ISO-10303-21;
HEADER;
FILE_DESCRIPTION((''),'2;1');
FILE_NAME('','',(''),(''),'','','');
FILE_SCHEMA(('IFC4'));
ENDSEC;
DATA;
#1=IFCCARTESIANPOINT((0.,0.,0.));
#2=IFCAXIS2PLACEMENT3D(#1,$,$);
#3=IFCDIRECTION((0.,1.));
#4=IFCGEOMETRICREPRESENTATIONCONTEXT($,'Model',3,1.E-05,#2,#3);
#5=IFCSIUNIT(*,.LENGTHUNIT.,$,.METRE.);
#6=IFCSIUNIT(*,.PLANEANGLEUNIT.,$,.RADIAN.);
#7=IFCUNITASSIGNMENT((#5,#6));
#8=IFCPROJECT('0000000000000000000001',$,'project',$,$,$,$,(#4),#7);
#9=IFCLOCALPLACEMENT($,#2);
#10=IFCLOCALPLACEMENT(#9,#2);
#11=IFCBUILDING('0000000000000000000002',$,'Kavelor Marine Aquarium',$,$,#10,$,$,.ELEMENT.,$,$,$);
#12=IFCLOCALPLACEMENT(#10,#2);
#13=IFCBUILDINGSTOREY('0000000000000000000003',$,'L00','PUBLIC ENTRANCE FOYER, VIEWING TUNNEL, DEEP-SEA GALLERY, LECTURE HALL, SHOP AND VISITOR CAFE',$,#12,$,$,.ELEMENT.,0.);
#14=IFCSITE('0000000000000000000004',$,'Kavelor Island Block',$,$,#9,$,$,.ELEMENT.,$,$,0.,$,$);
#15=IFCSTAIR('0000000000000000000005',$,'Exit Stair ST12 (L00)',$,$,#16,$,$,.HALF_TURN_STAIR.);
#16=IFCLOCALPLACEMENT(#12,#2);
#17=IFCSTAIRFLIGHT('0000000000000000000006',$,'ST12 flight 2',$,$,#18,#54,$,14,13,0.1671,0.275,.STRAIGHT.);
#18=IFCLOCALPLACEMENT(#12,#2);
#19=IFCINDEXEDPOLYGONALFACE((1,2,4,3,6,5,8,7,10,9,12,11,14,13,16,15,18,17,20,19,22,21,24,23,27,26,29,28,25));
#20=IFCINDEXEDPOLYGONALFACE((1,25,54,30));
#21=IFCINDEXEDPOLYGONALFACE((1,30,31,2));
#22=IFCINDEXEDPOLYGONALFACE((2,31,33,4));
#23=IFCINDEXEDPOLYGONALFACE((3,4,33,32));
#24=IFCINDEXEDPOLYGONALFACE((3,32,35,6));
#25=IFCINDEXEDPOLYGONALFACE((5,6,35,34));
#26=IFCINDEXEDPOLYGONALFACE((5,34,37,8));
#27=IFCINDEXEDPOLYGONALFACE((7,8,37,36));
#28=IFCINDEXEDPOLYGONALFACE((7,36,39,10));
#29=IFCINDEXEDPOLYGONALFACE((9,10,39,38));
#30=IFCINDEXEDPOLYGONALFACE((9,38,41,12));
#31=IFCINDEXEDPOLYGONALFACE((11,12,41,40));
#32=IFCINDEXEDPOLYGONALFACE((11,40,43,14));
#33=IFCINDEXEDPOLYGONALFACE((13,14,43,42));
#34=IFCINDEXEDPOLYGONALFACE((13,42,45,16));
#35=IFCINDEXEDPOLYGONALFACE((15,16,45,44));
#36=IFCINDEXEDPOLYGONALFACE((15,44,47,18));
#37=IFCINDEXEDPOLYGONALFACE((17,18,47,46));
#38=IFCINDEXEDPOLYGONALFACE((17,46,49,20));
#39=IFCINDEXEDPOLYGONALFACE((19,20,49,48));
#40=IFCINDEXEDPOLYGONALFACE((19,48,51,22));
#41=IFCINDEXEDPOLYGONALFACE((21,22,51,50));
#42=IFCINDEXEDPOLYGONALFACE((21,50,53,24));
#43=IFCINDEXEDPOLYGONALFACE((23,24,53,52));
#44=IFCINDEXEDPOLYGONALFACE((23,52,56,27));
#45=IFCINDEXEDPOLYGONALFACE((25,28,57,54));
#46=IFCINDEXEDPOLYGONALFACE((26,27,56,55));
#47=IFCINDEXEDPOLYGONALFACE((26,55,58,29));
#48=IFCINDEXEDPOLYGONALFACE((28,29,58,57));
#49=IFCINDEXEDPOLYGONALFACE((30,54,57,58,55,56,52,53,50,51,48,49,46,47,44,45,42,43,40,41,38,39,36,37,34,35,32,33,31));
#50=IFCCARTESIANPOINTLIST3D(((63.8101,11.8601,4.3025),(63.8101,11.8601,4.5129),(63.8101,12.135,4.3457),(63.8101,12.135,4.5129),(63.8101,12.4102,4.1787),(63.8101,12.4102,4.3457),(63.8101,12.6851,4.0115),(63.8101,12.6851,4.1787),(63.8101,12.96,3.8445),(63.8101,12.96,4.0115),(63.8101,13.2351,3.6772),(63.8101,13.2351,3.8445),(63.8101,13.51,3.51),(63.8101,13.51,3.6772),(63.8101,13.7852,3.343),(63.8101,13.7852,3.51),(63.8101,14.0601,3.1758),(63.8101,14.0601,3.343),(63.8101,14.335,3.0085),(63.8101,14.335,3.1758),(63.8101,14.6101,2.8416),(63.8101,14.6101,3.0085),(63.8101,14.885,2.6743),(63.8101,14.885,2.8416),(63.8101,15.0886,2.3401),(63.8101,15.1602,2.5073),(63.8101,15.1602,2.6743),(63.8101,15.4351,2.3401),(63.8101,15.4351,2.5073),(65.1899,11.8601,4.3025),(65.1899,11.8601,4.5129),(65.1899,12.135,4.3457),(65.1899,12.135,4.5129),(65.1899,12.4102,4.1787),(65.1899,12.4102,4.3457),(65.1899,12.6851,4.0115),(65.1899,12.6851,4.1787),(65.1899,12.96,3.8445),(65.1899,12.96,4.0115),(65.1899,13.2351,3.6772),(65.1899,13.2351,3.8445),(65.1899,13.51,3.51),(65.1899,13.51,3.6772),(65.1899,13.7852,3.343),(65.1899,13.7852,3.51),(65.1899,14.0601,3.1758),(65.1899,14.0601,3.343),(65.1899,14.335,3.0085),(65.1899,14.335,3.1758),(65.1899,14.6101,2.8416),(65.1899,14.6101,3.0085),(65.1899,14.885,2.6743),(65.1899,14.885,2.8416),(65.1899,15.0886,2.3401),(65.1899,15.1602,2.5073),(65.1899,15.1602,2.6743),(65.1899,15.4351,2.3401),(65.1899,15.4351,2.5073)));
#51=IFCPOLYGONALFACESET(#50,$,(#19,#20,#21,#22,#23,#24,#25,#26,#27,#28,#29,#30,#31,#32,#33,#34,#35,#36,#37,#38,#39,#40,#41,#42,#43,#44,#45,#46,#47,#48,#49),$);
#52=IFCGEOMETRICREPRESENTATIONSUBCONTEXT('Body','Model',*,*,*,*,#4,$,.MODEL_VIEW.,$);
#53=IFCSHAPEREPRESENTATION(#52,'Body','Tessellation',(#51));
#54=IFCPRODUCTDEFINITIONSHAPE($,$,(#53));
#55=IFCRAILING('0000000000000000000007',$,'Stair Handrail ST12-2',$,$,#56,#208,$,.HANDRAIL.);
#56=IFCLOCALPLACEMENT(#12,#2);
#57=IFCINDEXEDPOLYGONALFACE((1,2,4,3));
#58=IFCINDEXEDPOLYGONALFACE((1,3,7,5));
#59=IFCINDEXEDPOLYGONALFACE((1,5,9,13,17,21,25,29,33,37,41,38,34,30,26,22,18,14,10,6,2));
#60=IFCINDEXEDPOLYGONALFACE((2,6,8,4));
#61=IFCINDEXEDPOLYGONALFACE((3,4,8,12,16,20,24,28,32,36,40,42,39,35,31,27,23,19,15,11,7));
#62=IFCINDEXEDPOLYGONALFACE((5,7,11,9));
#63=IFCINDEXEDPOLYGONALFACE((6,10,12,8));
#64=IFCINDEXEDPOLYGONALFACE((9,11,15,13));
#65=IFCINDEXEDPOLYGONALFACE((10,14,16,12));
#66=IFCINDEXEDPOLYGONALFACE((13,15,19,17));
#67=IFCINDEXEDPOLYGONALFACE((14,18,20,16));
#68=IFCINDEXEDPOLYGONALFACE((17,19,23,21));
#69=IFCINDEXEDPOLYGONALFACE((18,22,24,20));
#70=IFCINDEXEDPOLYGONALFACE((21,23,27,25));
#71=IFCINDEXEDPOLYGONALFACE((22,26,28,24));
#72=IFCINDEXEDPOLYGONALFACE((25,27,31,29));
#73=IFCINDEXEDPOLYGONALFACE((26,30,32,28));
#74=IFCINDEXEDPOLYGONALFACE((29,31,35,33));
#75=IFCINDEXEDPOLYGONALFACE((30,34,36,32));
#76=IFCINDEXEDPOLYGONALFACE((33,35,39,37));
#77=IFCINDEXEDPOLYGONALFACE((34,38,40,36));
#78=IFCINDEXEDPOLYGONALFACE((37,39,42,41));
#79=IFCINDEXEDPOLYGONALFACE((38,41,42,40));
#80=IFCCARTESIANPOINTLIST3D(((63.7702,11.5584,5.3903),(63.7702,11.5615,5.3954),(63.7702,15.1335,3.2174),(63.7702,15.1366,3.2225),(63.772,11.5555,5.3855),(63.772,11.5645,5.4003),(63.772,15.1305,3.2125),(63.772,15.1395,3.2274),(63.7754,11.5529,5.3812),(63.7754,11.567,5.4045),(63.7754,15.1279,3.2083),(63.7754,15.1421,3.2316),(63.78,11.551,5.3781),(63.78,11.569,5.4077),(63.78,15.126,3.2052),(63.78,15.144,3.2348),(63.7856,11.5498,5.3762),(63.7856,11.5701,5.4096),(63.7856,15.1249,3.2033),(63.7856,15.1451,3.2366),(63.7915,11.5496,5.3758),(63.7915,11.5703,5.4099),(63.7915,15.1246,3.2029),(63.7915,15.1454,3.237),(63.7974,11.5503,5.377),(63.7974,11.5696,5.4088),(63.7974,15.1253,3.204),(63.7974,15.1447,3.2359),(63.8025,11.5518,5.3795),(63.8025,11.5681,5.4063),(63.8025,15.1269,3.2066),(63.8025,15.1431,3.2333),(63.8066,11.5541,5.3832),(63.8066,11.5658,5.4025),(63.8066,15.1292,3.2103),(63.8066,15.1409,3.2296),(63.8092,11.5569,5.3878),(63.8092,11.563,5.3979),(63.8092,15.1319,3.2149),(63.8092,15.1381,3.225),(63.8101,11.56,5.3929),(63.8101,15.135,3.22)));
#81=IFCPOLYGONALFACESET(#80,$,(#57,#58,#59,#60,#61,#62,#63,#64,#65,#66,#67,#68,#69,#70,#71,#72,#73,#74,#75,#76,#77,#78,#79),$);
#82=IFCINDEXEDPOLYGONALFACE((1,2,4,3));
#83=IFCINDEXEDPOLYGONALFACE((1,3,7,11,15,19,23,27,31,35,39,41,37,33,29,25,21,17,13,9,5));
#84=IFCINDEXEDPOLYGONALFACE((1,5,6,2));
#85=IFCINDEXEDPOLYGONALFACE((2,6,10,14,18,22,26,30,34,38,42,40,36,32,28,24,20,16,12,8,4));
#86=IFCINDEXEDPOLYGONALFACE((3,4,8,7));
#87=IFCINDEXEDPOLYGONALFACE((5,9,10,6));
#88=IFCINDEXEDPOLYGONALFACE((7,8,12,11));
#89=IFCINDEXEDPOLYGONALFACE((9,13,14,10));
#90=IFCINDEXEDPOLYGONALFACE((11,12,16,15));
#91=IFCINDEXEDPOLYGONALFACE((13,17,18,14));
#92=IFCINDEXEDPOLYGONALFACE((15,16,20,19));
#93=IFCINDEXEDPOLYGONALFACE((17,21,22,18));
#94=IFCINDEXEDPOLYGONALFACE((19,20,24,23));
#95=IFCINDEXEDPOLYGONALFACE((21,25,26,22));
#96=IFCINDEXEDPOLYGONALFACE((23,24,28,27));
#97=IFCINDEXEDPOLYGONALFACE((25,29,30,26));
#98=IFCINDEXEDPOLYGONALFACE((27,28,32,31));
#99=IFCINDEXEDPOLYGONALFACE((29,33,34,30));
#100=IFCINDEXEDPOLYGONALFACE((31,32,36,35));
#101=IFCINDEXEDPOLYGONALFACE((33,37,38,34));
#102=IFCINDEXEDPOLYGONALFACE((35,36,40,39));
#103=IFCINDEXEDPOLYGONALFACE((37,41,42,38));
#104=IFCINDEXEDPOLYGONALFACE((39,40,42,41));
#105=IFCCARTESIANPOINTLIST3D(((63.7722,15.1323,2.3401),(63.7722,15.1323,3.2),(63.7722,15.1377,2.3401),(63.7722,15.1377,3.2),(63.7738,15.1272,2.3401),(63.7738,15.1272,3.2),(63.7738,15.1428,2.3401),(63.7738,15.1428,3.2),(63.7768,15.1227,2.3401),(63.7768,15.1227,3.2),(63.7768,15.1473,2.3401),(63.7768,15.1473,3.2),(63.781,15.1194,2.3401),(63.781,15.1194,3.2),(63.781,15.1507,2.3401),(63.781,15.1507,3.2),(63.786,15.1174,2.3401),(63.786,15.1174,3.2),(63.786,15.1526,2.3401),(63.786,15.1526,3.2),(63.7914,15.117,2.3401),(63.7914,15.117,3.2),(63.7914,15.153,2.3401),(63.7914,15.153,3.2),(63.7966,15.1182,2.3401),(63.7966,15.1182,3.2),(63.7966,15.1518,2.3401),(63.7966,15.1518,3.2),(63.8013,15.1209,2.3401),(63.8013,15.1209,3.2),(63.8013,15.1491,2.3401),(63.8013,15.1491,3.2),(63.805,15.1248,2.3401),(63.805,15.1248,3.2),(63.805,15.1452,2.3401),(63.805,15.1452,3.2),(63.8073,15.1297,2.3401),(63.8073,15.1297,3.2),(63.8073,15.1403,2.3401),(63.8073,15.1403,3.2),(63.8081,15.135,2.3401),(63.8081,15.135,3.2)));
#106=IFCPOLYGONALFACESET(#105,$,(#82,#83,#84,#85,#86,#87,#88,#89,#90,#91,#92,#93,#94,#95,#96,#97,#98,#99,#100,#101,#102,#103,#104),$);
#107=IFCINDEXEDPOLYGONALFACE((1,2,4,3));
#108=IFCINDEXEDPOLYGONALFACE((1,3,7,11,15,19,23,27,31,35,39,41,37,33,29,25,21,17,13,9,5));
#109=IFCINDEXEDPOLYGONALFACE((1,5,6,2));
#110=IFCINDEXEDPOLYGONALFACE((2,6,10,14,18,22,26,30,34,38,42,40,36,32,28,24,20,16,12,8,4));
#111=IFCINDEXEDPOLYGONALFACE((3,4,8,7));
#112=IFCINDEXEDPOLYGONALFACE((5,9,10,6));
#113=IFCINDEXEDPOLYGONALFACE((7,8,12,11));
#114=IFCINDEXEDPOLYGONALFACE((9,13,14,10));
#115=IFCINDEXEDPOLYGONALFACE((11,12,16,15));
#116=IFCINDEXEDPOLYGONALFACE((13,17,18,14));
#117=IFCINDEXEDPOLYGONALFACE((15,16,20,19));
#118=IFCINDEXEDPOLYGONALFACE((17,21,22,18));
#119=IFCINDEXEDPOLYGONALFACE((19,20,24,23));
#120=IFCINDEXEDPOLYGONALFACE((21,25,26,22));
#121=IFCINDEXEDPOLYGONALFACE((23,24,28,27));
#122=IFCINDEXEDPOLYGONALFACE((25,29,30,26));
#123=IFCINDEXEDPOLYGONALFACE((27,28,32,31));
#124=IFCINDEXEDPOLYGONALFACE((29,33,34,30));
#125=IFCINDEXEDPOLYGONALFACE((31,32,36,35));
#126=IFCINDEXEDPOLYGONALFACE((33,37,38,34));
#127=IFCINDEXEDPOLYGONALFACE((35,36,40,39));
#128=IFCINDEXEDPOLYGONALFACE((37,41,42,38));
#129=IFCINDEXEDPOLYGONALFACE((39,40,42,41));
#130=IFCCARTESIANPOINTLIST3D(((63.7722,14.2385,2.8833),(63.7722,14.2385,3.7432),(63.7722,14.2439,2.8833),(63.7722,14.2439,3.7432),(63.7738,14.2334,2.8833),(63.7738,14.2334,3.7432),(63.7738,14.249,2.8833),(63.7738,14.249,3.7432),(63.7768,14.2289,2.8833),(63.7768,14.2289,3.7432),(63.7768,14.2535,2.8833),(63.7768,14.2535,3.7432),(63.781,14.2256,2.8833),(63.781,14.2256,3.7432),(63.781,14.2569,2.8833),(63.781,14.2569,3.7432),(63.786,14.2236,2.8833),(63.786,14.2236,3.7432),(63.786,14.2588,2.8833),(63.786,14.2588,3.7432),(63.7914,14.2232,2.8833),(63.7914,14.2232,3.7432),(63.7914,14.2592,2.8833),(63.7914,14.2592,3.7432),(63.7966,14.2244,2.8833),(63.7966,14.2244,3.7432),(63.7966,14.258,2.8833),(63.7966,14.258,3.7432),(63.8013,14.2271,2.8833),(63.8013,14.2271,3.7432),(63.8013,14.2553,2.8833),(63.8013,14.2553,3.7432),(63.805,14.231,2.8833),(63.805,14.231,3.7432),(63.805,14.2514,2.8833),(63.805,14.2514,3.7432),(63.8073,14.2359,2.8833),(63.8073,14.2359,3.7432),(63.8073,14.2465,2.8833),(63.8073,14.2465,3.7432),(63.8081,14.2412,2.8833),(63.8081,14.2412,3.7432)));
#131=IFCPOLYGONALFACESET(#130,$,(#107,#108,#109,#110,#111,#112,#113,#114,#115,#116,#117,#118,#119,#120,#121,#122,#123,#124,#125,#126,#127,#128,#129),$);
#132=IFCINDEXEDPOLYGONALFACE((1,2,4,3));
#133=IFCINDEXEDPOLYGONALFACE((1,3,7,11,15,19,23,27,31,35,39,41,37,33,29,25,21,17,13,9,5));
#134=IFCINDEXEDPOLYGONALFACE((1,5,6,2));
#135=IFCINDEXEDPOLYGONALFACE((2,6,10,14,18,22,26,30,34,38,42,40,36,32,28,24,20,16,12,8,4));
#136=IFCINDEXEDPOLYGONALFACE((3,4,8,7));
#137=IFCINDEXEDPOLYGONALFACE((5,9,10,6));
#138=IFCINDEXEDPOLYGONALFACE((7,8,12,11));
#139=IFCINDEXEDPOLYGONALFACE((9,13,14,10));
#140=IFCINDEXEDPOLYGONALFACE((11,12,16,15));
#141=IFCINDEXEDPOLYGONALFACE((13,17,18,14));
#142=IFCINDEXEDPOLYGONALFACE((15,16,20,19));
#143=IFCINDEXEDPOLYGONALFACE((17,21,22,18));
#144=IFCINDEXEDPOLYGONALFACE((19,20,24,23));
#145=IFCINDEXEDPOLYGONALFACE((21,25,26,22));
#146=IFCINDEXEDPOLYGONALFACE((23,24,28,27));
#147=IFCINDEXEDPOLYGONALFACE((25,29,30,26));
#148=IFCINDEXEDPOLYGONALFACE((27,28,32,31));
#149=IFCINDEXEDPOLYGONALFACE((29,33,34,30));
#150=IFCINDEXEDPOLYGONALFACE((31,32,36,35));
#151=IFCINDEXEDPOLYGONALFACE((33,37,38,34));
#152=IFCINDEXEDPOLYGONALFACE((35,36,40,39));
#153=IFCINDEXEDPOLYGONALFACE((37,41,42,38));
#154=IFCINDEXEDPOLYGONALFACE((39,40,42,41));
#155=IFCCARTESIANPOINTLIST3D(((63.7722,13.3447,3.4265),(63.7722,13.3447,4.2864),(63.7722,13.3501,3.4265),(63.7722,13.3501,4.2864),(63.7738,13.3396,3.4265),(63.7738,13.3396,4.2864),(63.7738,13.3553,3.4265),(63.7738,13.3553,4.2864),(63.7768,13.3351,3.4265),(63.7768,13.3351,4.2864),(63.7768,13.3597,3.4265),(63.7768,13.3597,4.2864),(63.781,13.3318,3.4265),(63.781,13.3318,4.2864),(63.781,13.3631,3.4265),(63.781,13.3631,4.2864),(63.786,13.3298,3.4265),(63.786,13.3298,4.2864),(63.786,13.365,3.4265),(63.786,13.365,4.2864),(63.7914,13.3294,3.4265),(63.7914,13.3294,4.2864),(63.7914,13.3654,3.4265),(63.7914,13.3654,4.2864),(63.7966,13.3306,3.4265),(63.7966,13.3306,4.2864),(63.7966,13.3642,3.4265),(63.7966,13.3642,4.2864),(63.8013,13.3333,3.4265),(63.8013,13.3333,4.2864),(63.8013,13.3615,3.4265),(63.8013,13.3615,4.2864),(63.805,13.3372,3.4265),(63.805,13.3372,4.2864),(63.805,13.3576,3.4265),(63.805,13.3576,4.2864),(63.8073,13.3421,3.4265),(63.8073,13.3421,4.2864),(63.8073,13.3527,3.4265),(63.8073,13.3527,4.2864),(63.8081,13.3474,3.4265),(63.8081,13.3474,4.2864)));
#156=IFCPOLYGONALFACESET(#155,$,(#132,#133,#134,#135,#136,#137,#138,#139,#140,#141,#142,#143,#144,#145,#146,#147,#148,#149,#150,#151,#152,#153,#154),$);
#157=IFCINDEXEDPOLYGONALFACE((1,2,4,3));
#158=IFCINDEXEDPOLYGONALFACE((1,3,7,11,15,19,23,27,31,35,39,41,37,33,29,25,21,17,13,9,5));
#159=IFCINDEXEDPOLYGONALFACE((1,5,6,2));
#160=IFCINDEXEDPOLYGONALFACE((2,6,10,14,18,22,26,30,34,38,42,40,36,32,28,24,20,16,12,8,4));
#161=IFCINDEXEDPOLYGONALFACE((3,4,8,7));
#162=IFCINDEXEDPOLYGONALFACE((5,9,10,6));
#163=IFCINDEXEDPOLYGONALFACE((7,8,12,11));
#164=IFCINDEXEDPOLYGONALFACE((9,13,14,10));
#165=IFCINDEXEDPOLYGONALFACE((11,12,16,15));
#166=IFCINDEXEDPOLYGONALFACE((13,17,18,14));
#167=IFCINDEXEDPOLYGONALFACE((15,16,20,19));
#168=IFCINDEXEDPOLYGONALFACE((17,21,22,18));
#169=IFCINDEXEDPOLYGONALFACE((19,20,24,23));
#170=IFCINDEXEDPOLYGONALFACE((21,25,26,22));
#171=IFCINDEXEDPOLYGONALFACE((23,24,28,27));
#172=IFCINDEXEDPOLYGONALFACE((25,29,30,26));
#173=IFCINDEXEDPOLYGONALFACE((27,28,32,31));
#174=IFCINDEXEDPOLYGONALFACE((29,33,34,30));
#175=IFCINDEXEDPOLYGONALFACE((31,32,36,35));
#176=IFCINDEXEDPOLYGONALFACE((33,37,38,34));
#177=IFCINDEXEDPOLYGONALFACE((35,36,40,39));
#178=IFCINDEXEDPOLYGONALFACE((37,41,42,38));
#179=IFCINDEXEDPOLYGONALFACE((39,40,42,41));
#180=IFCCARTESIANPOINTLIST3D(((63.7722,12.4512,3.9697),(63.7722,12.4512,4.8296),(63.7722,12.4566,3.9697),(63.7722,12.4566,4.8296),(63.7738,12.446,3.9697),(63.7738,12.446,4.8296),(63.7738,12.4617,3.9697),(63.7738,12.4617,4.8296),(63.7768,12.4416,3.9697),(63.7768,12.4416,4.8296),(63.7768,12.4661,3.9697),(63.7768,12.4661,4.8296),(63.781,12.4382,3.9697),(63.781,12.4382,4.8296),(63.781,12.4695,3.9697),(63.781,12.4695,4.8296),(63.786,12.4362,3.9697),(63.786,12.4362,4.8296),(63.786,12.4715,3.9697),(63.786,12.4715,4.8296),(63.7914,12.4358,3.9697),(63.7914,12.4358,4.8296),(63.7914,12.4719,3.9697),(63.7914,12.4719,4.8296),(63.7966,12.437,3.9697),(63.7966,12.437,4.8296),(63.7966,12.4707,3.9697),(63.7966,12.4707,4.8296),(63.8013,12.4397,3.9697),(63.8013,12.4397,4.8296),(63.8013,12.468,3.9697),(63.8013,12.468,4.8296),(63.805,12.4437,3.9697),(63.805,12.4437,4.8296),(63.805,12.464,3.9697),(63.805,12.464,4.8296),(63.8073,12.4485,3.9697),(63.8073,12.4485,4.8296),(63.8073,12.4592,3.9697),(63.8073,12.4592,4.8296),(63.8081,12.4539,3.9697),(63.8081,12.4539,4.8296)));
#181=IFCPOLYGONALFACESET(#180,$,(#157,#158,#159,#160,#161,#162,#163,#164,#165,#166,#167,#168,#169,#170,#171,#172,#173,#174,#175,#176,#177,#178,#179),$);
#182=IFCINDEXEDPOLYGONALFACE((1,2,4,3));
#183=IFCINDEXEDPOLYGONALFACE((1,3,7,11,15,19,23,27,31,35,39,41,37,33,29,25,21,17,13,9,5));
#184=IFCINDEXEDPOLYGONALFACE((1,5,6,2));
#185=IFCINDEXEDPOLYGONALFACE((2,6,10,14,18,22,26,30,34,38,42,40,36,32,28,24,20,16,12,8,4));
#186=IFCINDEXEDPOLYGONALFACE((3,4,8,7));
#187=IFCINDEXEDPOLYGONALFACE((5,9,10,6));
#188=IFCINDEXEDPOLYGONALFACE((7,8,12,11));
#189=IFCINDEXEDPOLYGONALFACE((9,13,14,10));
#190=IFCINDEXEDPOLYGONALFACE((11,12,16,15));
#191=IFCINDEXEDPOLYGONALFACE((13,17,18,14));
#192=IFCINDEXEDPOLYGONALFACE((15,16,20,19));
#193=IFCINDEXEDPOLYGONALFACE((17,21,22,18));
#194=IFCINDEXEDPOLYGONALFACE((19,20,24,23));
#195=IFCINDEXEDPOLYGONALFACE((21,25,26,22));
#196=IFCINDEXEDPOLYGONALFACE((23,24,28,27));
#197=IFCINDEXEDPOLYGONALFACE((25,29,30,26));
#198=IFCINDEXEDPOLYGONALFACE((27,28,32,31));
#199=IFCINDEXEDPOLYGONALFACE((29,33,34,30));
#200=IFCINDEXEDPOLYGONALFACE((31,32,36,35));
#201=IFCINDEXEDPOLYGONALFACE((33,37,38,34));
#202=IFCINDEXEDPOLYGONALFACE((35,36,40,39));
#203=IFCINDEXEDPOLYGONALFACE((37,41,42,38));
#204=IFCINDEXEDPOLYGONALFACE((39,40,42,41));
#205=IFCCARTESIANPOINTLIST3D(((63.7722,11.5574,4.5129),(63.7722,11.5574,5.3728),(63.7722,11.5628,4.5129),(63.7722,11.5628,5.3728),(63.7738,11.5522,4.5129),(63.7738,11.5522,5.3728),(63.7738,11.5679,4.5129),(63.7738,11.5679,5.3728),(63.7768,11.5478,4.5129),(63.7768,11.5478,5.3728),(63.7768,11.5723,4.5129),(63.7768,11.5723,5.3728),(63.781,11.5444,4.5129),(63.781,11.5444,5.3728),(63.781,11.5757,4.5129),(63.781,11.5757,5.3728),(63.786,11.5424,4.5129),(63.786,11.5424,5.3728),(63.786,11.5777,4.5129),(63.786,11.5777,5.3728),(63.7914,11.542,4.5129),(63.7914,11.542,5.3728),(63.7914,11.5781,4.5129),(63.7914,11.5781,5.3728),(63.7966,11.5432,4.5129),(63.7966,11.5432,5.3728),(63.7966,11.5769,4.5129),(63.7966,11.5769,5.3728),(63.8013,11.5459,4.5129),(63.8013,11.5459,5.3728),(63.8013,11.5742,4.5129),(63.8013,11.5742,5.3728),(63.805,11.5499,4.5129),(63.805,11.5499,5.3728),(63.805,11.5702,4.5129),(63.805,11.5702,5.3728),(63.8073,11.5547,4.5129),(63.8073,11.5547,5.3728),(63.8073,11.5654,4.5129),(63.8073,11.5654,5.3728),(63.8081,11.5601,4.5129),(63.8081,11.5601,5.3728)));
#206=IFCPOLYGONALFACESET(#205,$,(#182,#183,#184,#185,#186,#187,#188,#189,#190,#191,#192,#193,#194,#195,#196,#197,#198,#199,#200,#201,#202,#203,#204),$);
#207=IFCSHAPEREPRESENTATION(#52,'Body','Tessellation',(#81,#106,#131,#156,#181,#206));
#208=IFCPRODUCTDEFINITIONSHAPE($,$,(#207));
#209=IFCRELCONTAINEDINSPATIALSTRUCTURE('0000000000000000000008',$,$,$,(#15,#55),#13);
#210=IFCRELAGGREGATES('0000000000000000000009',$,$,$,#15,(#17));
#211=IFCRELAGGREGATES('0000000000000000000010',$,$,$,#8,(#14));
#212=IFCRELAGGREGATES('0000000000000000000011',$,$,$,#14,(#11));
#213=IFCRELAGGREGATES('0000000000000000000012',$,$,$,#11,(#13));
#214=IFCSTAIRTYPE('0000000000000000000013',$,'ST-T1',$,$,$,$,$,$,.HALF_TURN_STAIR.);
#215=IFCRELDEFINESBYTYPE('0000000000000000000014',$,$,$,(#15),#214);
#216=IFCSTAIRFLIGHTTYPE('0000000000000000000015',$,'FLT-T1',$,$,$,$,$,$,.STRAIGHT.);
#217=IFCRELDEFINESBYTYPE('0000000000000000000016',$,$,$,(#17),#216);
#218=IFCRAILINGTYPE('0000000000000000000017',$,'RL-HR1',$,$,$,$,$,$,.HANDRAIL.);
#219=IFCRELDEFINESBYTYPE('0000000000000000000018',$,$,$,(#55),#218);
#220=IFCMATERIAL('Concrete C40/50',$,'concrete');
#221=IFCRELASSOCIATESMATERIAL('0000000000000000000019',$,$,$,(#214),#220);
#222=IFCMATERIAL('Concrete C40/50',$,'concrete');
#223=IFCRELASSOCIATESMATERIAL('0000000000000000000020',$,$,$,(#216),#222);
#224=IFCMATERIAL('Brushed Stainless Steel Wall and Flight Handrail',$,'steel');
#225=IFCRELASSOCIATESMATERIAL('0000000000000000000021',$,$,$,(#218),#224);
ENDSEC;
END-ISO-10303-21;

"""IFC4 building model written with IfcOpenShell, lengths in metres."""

from ifc_helpers import new_model, si_unit, direction, frame, origin, origin_2d, place, context, subcontext, project, spatial, polyline, circle, outline, extrude, material, type_object, element, aggregate, save


model = new_model("IFC4")

# Units and contexts
model_context = context("Model", 3, precision=1e-05, world=origin(), true_north=direction((0.0, 1.0)))
body_context = subcontext(model_context, "Body", "Model", "MODEL_VIEW")
ifc_project = project(units=[si_unit("LENGTHUNIT", "METRE"), si_unit("PLANEANGLEUNIT", "RADIAN")], contexts=[model_context])

# Site, building, storey
site_placement = place(None, origin())
site = spatial("IfcSite", under=ifc_project, at=site_placement, Name="Kavelor Island Block", CompositionType="ELEMENT", RefElevation=0.0)
building_placement = place(site_placement, origin())
building = spatial("IfcBuilding", under=site, at=building_placement, Name="Kavelor Marine Aquarium", CompositionType="ELEMENT")
storey_placement = place(building_placement, origin())
storey = spatial("IfcBuildingStorey", under=building, at=storey_placement, Name="L00", Description="PUBLIC ENTRANCE FOYER, VIEWING TUNNEL, DEEP-SEA GALLERY, LECTURE HALL, SHOP AND VISITOR CAFE", CompositionType="ELEMENT", Elevation=0.0)

# Stair, stair flight
ifc_material_1 = material(Name="Concrete C40/50", Category="concrete")
stair_type = type_object("IfcStairType", Name="ST-T1", PredefinedType="HALF_TURN_STAIR", material=ifc_material_1)
stair_placement = place(storey_placement, origin())
stair = element("IfcStair", 1, at=stair_placement, inside=storey, type_object=stair_type, Name="Exit Stair ST12 (L00)", PredefinedType="HALF_TURN_STAIR")
ifc_material_2 = material(Name="Concrete C40/50", Category="concrete")
stair_flight_type = type_object("IfcStairFlightType", Name="FLT-T1", PredefinedType="STRAIGHT", material=ifc_material_2)
stair_flight_placement = place(storey_placement, frame((64.5, 15.4351, 2.3401), z_axis=(0.0, 0.0, 1.0), x_axis=(0.0, -1.0, 0.0)))
stair_flight = element("IfcStairFlight", 2, at=stair_flight_placement, type_object=stair_flight_type, Name="ST12 flight 2", NumberOfRisers=14, NumberOfTreads=13, PredefinedType="STRAIGHT", RiserHeight=0.1671, TreadLength=0.275, context=body_context, shape_type="SweptSolid", body=[
    extrude(outline(polyline([(0.0, 0.0), (0.0, 0.1672), (0.2749, 0.1672), (0.2749, 0.3342), (0.55, 0.3342), (0.55, 0.5015), (0.825, 0.5015), (0.825, 0.6685), (1.1001, 0.6685), (1.1001, 0.8357), (1.375, 0.8357), (1.375, 1.0029), (1.6499, 1.0029), (1.6499, 1.1699), (1.925, 1.1699), (1.925, 1.3372), (2.2, 1.3372), (2.2, 1.5044), (2.4751, 1.5044), (2.4751, 1.6714), (2.75, 1.6714), (2.75, 1.8386), (3.0249, 1.8386), (3.0249, 2.0056), (3.3, 2.0056), (3.3, 2.1729), (3.575, 2.1729), (3.575, 2.3401), (3.575, 1.9624), (0.3464, 0.0), (0.0, 0.0)])), frame((0.0, 0.6899, 0.0), z_axis=(0.0, -1.0, 0.0), x_axis=(1.0, 0.0, 0.0)), (0.0, 0.0, 1.0), 1.3799),
])
aggregate(stair, [stair_flight])

# Railing
ifc_material_3 = material(Name="Brushed Stainless Steel Wall and Flight Handrail", Category="steel")
railing_type = type_object("IfcRailingType", Name="RL-HR1", PredefinedType="HANDRAIL", material=ifc_material_3)
railing_placement = place(storey_placement, frame((63.79, 15.135, 2.3401)))
element("IfcRailing", 3, at=railing_placement, inside=storey, type_object=railing_type, Name="Stair Handrail ST12-2", PredefinedType="HANDRAIL", context=body_context, shape_type="SweptSolid", body=[
    extrude(circle(Radius=0.02, at=origin_2d()), frame((0.0, 0.0, 0.8799), z_axis=(0.0, -0.854539, 0.519388), x_axis=(1.0, 0.0, 0.0)), (0.0, 0.0, 1.0), 4.1836),
    extrude(circle(Radius=0.0181, at=origin_2d()), origin(), (0.0, 0.0, 1.0), 0.8599),
    extrude(circle(Radius=0.0181, at=origin_2d()), frame((0.0, -0.8938, 0.5432)), (0.0, 0.0, 1.0), 0.8599),
    extrude(circle(Radius=0.0181, at=origin_2d()), frame((0.0, -1.7876, 1.0864)), (0.0, 0.0, 1.0), 0.8599),
    extrude(circle(Radius=0.0181, at=origin_2d()), frame((0.0, -2.6812, 1.6296)), (0.0, 0.0, 1.0), 0.8599),
    extrude(circle(Radius=0.0181, at=origin_2d()), frame((0.0, -3.575, 2.1729)), (0.0, 0.0, 1.0), 0.8599),
])

save(model, "model.ifc")
